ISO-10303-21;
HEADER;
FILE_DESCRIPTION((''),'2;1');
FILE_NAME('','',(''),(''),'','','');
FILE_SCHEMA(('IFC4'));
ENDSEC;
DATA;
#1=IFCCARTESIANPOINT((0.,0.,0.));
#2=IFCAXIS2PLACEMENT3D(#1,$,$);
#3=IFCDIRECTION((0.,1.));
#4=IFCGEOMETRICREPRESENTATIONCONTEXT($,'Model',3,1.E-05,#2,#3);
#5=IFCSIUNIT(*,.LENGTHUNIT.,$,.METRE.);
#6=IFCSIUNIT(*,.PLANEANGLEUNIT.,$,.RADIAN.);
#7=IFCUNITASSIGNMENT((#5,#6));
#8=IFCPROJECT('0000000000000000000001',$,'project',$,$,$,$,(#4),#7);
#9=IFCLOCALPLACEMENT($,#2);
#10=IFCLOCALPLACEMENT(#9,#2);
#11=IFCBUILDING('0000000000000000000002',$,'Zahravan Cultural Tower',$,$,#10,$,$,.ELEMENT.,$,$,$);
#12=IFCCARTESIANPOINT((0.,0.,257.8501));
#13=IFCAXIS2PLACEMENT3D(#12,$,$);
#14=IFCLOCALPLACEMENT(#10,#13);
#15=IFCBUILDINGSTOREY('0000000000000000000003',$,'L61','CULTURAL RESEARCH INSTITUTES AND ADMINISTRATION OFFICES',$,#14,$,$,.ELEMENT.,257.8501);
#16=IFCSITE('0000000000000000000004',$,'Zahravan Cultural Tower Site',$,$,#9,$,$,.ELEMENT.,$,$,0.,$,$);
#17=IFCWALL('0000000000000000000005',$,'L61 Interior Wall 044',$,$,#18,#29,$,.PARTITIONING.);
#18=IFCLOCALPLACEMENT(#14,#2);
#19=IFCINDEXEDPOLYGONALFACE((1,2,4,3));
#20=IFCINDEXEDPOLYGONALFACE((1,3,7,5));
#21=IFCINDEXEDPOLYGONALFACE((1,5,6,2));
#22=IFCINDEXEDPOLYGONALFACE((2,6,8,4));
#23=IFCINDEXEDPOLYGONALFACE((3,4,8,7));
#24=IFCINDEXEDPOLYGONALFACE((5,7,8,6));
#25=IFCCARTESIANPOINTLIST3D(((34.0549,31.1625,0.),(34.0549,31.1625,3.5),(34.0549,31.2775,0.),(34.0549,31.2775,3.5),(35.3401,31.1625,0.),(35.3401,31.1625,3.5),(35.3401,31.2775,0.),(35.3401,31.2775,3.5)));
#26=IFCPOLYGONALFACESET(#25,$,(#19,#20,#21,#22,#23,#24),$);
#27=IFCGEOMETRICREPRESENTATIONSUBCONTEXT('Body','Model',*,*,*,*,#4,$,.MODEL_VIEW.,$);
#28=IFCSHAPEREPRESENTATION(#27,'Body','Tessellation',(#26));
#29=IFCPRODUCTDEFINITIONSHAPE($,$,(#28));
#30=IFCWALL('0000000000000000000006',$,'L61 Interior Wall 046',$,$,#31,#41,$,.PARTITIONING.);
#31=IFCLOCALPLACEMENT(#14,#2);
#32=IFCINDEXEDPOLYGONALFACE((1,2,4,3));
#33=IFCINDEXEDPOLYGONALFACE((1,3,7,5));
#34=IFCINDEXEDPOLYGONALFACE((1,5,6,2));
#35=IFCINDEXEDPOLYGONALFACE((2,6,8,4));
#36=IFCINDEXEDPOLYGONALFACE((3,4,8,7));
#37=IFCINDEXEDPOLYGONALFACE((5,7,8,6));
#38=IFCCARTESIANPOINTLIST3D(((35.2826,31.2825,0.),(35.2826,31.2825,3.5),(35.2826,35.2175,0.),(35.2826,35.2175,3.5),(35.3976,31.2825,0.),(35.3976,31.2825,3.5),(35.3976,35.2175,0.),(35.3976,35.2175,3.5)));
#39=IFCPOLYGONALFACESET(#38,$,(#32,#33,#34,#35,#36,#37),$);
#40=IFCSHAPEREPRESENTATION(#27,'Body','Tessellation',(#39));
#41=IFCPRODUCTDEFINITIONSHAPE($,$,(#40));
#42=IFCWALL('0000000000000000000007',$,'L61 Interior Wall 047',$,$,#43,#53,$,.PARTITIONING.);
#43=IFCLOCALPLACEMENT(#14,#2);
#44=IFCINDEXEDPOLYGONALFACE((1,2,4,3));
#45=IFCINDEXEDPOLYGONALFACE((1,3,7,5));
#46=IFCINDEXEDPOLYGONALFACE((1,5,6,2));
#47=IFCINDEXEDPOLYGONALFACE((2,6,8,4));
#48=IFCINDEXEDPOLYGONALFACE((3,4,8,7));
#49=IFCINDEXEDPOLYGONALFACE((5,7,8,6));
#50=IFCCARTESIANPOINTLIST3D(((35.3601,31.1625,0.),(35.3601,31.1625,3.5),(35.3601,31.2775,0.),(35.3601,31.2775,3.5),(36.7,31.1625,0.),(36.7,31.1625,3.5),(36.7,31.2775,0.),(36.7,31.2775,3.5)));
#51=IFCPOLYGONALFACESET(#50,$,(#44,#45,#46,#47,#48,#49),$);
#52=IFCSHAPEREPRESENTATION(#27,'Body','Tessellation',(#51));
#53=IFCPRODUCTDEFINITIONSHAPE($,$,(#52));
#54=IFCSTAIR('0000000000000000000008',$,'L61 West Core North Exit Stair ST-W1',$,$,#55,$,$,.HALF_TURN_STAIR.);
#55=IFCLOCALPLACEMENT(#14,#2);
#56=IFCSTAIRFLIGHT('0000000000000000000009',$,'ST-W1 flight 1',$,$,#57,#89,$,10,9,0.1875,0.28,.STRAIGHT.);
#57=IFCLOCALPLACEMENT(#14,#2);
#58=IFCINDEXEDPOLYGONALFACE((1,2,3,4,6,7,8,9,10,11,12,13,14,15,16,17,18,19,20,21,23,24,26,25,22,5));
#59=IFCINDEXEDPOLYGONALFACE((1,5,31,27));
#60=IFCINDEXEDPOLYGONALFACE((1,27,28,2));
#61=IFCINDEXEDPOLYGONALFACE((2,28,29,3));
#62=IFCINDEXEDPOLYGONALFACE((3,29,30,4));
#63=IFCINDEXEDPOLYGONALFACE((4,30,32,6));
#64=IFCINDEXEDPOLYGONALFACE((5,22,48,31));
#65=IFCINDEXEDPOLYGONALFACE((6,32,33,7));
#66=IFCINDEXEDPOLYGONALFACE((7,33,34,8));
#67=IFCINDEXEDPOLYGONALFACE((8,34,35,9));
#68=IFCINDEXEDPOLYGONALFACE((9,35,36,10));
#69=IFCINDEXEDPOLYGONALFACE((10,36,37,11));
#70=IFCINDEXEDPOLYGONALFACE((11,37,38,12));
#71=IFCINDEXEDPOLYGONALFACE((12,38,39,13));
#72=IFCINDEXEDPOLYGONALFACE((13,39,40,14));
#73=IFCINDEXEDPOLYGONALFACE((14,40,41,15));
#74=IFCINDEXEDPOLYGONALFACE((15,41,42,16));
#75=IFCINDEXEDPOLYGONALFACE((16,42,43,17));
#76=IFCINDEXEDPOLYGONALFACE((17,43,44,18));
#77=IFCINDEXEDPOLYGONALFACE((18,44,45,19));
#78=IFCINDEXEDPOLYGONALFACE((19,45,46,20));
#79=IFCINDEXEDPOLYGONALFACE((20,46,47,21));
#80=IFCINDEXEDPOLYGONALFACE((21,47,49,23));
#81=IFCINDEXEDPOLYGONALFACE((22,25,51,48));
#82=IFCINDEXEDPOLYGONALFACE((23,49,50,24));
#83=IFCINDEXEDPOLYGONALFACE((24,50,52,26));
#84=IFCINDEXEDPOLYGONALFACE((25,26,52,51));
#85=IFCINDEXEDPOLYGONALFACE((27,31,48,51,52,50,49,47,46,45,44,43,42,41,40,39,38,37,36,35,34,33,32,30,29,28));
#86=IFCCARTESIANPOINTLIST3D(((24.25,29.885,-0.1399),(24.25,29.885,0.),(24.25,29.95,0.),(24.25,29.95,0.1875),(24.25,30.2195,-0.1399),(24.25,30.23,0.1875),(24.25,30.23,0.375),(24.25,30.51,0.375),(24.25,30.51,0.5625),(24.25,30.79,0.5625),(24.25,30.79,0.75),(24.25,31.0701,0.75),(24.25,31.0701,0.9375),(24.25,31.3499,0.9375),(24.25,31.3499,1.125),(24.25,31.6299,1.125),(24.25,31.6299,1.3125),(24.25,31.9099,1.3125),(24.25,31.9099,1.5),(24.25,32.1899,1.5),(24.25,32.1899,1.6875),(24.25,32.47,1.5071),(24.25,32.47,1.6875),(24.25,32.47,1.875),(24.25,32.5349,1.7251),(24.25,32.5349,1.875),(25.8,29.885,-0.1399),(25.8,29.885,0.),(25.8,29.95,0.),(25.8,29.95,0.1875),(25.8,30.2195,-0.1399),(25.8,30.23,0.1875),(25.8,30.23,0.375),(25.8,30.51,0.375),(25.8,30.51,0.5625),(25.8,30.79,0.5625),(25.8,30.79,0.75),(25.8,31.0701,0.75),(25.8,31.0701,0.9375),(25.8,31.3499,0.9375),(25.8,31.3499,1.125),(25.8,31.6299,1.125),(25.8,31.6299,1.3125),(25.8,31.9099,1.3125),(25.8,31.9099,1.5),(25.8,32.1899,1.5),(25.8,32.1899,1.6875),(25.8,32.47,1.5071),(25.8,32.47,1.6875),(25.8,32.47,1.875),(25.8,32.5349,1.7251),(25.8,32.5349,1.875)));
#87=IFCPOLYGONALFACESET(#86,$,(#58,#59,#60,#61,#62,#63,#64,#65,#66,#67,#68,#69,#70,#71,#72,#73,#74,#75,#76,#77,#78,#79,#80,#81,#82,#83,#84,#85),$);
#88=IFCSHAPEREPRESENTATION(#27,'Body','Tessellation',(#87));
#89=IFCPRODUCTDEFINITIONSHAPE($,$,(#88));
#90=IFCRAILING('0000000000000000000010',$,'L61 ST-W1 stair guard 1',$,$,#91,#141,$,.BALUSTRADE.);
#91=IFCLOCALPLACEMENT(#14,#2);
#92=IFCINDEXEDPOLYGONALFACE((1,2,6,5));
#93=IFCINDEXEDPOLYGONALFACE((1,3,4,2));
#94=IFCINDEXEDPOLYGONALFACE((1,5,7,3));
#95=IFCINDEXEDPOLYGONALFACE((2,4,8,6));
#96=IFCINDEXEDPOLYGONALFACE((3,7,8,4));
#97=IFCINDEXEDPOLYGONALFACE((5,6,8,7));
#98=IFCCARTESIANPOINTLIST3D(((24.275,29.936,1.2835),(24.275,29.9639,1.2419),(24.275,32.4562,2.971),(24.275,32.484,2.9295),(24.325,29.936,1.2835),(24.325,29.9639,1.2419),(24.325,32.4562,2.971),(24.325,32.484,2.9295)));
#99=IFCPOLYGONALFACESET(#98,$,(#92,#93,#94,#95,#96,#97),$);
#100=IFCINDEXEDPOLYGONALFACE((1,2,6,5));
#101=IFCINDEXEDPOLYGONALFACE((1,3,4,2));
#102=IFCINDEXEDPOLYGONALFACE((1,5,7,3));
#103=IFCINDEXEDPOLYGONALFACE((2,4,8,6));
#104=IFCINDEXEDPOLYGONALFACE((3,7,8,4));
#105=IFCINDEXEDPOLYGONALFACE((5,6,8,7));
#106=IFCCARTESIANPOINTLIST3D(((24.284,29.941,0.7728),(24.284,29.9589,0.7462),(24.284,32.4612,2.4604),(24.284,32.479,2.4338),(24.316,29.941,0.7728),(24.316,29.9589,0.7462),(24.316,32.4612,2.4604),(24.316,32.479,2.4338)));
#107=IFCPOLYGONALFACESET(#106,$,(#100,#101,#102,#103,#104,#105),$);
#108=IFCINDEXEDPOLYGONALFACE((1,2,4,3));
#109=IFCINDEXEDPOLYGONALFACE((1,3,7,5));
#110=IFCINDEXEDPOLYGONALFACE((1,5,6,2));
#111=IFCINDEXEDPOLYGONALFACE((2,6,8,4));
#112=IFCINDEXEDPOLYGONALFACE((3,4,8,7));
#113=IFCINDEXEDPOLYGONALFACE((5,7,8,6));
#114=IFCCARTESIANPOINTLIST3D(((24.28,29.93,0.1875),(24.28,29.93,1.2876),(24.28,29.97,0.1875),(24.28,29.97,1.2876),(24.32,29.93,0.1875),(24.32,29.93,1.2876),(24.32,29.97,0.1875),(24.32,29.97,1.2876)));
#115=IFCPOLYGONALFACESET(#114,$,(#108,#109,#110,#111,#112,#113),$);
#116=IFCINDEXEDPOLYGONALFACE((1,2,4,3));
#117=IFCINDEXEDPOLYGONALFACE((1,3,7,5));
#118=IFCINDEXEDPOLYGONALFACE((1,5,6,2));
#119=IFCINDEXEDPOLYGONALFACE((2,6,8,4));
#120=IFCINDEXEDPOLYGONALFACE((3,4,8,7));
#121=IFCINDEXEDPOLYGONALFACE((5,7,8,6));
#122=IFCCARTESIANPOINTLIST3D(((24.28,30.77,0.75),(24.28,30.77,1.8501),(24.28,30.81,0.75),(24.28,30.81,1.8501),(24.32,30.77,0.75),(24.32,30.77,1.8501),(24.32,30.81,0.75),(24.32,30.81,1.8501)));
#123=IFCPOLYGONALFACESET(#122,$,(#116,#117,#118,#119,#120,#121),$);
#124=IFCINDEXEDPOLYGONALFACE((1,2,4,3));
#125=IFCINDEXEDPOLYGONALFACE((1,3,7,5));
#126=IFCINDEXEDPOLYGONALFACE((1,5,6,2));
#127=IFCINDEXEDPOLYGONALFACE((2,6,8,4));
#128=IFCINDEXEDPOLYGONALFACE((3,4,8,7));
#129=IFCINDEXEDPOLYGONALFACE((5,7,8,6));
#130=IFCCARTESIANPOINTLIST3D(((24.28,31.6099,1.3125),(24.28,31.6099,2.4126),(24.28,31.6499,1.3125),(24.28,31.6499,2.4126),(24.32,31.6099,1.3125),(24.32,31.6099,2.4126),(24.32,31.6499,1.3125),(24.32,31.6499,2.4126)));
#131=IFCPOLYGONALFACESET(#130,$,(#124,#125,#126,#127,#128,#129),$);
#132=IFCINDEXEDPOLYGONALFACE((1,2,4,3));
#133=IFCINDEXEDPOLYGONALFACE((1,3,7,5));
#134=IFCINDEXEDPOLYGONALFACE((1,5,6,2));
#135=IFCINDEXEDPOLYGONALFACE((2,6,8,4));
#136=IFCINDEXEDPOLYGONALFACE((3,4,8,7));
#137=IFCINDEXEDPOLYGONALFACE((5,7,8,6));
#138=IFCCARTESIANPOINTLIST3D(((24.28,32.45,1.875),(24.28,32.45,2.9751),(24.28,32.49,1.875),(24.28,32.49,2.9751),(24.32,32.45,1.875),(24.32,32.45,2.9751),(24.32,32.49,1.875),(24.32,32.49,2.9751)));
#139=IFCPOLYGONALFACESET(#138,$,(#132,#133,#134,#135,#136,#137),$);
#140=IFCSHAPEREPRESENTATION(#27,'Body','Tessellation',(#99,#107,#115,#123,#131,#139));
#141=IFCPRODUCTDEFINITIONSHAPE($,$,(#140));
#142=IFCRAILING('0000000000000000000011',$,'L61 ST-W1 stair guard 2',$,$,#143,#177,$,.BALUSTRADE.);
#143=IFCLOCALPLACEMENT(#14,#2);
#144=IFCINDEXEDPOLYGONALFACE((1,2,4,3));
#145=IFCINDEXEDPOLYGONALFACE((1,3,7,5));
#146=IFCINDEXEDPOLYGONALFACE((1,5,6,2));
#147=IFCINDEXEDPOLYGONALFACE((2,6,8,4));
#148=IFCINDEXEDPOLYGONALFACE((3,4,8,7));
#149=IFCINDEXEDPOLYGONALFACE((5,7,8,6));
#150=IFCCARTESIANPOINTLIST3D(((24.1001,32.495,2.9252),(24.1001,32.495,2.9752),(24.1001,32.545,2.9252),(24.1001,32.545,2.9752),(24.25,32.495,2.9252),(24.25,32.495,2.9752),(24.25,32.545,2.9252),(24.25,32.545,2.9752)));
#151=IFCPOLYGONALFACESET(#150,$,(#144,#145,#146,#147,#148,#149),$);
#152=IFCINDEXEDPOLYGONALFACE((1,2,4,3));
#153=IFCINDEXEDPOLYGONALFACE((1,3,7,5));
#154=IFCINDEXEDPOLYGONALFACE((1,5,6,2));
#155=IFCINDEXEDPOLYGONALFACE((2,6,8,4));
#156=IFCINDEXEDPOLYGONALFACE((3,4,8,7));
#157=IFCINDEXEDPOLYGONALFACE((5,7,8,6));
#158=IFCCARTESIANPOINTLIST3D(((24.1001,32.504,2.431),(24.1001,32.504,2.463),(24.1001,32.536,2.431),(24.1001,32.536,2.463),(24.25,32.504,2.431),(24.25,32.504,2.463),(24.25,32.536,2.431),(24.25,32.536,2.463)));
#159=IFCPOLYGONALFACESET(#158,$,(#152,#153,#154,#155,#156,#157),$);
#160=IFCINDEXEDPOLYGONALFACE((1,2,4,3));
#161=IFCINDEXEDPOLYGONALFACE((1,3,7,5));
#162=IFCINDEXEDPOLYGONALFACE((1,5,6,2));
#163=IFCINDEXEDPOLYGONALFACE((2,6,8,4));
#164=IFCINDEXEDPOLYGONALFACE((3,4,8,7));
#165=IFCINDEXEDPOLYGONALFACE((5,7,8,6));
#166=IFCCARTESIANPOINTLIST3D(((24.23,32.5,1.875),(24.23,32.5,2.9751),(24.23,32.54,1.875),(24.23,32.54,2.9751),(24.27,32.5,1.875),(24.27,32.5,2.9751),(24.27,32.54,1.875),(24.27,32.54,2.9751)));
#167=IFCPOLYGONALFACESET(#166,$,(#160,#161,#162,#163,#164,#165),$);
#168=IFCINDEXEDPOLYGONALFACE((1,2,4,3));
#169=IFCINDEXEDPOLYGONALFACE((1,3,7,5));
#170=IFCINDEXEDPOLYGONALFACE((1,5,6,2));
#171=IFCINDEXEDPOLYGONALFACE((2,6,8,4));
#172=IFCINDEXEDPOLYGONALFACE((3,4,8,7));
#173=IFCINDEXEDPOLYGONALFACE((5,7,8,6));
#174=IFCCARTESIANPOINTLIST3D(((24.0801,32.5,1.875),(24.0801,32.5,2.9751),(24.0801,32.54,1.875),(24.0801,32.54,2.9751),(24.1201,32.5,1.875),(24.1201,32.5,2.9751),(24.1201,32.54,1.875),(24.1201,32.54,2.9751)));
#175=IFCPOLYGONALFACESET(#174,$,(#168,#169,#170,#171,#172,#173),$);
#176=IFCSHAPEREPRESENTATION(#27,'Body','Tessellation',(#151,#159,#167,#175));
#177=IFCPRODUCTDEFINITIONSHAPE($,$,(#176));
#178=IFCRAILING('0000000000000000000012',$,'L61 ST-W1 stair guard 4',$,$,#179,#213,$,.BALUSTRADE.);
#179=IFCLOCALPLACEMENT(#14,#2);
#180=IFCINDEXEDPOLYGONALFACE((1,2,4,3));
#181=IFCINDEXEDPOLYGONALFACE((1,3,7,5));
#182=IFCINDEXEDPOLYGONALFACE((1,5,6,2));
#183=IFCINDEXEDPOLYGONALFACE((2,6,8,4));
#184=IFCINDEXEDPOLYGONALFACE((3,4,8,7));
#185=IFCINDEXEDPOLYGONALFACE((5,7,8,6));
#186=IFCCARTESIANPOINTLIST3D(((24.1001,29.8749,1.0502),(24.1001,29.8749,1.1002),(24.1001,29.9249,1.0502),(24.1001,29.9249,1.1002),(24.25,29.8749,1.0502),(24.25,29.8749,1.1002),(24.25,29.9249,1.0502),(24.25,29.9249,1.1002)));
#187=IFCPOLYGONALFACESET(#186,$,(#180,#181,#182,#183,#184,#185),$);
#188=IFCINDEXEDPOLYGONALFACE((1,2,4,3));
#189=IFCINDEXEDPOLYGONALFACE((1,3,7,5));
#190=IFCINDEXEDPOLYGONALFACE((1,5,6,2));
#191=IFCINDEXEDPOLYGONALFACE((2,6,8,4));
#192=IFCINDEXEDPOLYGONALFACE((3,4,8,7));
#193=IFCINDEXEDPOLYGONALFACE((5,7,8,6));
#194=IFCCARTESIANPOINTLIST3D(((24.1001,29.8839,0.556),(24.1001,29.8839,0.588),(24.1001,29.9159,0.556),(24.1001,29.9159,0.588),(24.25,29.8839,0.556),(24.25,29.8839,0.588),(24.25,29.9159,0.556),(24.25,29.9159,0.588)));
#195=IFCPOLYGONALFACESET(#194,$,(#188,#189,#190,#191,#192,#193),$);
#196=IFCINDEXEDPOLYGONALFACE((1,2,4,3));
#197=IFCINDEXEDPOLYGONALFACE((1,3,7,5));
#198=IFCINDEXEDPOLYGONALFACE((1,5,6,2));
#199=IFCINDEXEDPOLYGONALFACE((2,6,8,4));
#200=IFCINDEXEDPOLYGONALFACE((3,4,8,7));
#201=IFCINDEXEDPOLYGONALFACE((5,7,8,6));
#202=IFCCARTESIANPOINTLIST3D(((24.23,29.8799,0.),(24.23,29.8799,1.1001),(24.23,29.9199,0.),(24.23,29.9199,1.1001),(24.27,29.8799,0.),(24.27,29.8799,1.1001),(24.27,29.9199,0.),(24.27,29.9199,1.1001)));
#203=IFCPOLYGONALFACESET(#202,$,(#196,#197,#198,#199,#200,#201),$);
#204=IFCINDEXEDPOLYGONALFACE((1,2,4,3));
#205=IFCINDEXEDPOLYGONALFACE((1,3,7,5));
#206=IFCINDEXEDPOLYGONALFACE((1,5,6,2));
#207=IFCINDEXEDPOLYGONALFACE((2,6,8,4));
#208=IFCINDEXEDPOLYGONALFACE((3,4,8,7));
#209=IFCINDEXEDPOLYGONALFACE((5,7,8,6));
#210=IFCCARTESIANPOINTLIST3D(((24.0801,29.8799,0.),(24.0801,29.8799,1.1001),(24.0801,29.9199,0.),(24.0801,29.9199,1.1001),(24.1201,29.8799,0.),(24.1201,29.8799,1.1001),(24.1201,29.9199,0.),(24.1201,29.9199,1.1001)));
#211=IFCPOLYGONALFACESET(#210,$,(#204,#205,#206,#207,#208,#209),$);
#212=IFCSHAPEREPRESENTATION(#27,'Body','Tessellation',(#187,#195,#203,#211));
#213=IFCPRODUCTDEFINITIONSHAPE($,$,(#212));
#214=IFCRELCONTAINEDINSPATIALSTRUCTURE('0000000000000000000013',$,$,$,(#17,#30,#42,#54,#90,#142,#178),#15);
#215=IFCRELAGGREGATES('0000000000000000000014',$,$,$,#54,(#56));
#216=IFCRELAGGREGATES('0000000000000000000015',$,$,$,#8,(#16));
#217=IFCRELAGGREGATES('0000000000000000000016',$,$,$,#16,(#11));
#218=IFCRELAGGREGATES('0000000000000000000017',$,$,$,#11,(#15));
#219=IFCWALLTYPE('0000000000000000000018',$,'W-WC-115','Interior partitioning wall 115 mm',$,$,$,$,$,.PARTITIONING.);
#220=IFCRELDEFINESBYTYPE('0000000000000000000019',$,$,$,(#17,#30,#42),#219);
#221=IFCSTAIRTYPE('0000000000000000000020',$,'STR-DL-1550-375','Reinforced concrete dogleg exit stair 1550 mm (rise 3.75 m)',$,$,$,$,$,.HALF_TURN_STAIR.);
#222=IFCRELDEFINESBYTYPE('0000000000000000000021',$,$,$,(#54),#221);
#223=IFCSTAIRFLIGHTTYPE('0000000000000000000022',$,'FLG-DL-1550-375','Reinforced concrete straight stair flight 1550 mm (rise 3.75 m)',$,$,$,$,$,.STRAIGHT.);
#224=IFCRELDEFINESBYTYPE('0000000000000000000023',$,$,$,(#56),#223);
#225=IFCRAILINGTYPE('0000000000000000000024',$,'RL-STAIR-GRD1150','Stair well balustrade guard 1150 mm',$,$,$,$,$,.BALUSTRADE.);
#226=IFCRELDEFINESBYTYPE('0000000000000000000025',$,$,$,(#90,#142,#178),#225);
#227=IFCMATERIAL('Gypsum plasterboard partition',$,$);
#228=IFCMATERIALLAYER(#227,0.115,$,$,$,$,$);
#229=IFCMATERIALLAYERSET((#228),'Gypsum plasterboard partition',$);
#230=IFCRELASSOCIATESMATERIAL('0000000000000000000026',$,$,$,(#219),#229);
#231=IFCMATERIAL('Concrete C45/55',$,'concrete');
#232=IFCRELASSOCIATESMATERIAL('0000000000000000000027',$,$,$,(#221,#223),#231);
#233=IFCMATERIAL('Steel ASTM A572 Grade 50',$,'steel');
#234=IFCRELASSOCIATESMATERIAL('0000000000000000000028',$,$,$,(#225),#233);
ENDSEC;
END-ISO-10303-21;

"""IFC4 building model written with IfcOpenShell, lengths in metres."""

from ifc_helpers import new_model, si_unit, direction, frame, frame_2d, origin, origin_2d, place, context, subcontext, project, spatial, polyline, rectangle, outline, extrude, source, transform, mapped, material, layer, layer_set, type_object, element, aggregate, save


model = new_model("IFC4")

# Units and contexts
model_context = context("Model", 3, precision=1e-05, world=origin(), true_north=direction((0.0, 1.0)))
body_context = subcontext(model_context, "Body", "Model", "MODEL_VIEW")
ifc_project = project(units=[si_unit("LENGTHUNIT", "METRE"), si_unit("PLANEANGLEUNIT", "RADIAN")], contexts=[model_context])

# Site, building, storey
site_placement = place(None, origin())
site = spatial("IfcSite", under=ifc_project, at=site_placement, Name="Zahravan Cultural Tower Site", CompositionType="ELEMENT", RefElevation=0.0)
building_placement = place(site_placement, origin())
building = spatial("IfcBuilding", under=site, at=building_placement, Name="Zahravan Cultural Tower", CompositionType="ELEMENT")
storey_placement = place(building_placement, frame((0.0, 0.0, 257.8501)))
storey = spatial("IfcBuildingStorey", under=building, at=storey_placement, Name="L61", Description="CULTURAL RESEARCH INSTITUTES AND ADMINISTRATION OFFICES", CompositionType="ELEMENT", Elevation=257.8501)

# Shared definitions
ifc_material_1 = material(Name="Concrete C45/55", Category="concrete")
ifc_material_2 = material(Name="Steel ASTM A572 Grade 50", Category="steel")
ifc_material_3 = material(Name="Gypsum plasterboard partition")
ifc_layer_1 = layer(ifc_material_3, 0.115)
ifc_layer_set_1 = layer_set([ifc_layer_1], Name="Gypsum plasterboard partition")
wall_type_1 = type_object("IfcWallType", Name="W-WC-115", Description="Interior partitioning wall 115 mm", PredefinedType="PARTITIONING", material=ifc_layer_set_1)

# Walls
shared_shape_1 = source(origin(), body_context, "Body", "SweptSolid", [
    extrude(rectangle(XDim=1.2852, YDim=0.115, at=frame_2d((0.6426, 0.0))), origin(), (0.0, 0.0, 1.0), 3.5),
])
wall_1_placement = place(storey_placement, frame((35.3401, 31.22, 0.0), z_axis=(0.0, 0.0, 1.0), x_axis=(-1.0, 0.0, 0.0)))
element("IfcWall", 1, at=wall_1_placement, inside=storey, type_object=wall_type_1, Name="L61 Interior Wall 044", PredefinedType="PARTITIONING", context=body_context, shape_type="MappedRepresentation", body=[
    mapped(shared_shape_1, transform((0.0, 0.0, 0.0), x_axis=(1.0, 0.0, 0.0), y_axis=(0.0, 1.0, 0.0), z_axis=(0.0, 0.0, 1.0), scale=1.0)),
])
shared_shape_2 = source(origin(), body_context, "Body", "SweptSolid", [
    extrude(rectangle(XDim=3.9351, YDim=0.115, at=frame_2d((1.9675, 0.0))), origin(), (0.0, 0.0, 1.0), 3.5),
])
wall_2_placement = place(storey_placement, frame((35.3401, 35.2175, 0.0), z_axis=(0.0, 0.0, 1.0), x_axis=(0.0, -1.0, 0.0)))
element("IfcWall", 2, at=wall_2_placement, inside=storey, type_object=wall_type_1, Name="L61 Interior Wall 046", PredefinedType="PARTITIONING", context=body_context, shape_type="MappedRepresentation", body=[
    mapped(shared_shape_2, transform((0.0, 0.0, 0.0), x_axis=(1.0, 0.0, 0.0), y_axis=(0.0, 1.0, 0.0), z_axis=(0.0, 0.0, 1.0), scale=1.0)),
])
shared_shape_3 = source(origin(), body_context, "Body", "SweptSolid", [
    extrude(rectangle(XDim=1.3398, YDim=0.115, at=frame_2d((0.6699, 0.0))), origin(), (0.0, 0.0, 1.0), 3.5),
])
wall_3_placement = place(storey_placement, frame((36.7, 31.22, 0.0), z_axis=(0.0, 0.0, 1.0), x_axis=(-1.0, 0.0, 0.0)))
element("IfcWall", 3, at=wall_3_placement, inside=storey, type_object=wall_type_1, Name="L61 Interior Wall 047", PredefinedType="PARTITIONING", context=body_context, shape_type="MappedRepresentation", body=[
    mapped(shared_shape_3, transform((0.0, 0.0, 0.0), x_axis=(1.0, 0.0, 0.0), y_axis=(0.0, 1.0, 0.0), z_axis=(0.0, 0.0, 1.0), scale=1.0)),
])

# Stair, stair flight
stair_type = type_object("IfcStairType", Name="STR-DL-1550-375", Description="Reinforced concrete dogleg exit stair 1550 mm (rise 3.75 m)", PredefinedType="HALF_TURN_STAIR", material=ifc_material_1)
stair_placement = place(storey_placement, origin())
stair = element("IfcStair", 4, at=stair_placement, inside=storey, type_object=stair_type, Name="L61 West Core North Exit Stair ST-W1", PredefinedType="HALF_TURN_STAIR")
stair_flight_type = type_object("IfcStairFlightType", Name="FLG-DL-1550-375", Description="Reinforced concrete straight stair flight 1550 mm (rise 3.75 m)", PredefinedType="STRAIGHT", material=ifc_material_1)
stair_flight_placement = place(storey_placement, frame((25.0249, 29.95, 0.0), z_axis=(0.0, 0.0, 1.0), x_axis=(0.0, 1.0, 0.0)))
stair_flight = element("IfcStairFlight", 5, at=stair_flight_placement, type_object=stair_flight_type, Name="ST-W1 flight 1", NumberOfRisers=10, NumberOfTreads=9, PredefinedType="STRAIGHT", RiserHeight=0.1875, TreadLength=0.28, context=body_context, shape_type="SweptSolid", body=[
    extrude(outline(polyline([(-0.0649, -0.1399), (-0.0649, 0.0), (0.0, 0.0), (0.0, 0.1875), (0.28, 0.1875), (0.28, 0.375), (0.5601, 0.375), (0.5601, 0.5625), (0.8401, 0.5625), (0.8401, 0.75), (1.1201, 0.75), (1.1201, 0.9375), (1.3999, 0.9375), (1.3999, 1.125), (1.6799, 1.125), (1.6799, 1.3125), (1.96, 1.3125), (1.96, 1.5), (2.24, 1.5), (2.24, 1.6875), (2.52, 1.6875), (2.52, 1.875), (2.585, 1.875), (2.585, 1.7251), (2.52, 1.5071), (0.2695, -0.1399), (-0.0649, -0.1399)])), frame((0.0, 0.7749, 0.0), z_axis=(0.0, -1.0, 0.0), x_axis=(1.0, 0.0, 0.0)), (0.0, 0.0, 1.0), 1.55),
])
aggregate(stair, [stair_flight])

# Railings
railing_type_1 = type_object("IfcRailingType", Name="RL-STAIR-GRD1150", Description="Stair well balustrade guard 1150 mm", PredefinedType="BALUSTRADE", material=ifc_material_2)
railing_1_placement = place(storey_placement, frame((24.3, 29.95, 0.1875)))
element("IfcRailing", 6, at=railing_1_placement, inside=storey, type_object=railing_type_1, Name="L61 ST-W1 stair guard 1", PredefinedType="BALUSTRADE", context=body_context, shape_type="SweptSolid", body=[
    extrude(rectangle(XDim=0.05, YDim=0.05, at=origin_2d()), frame((0.0, 0.0, 1.0752), z_axis=(0.0, 0.830909, 0.556408), x_axis=(-1.0, 0.0, 0.0)), (0.0, 0.0, 1.0), 3.033),
    extrude(rectangle(XDim=0.032, YDim=0.032, at=origin_2d()), frame((0.0, 0.0, 0.572), z_axis=(0.0, 0.830909, 0.556408), x_axis=(-1.0, 0.0, 0.0)), (0.0, 0.0, 1.0), 3.033),
    extrude(rectangle(XDim=0.04, YDim=0.04, at=origin_2d()), origin(), (0.0, 0.0, 1.0), 1.1001),
    extrude(rectangle(XDim=0.04, YDim=0.04, at=origin_2d()), frame((0.0, 0.8401, 0.5625)), (0.0, 0.0, 1.0), 1.1001),
    extrude(rectangle(XDim=0.04, YDim=0.04, at=origin_2d()), frame((0.0, 1.6799, 1.125)), (0.0, 0.0, 1.0), 1.1001),
    extrude(rectangle(XDim=0.04, YDim=0.04, at=origin_2d()), frame((0.0, 2.52, 1.6875)), (0.0, 0.0, 1.0), 1.1001),
])
for number, where, name in (
    (7, (24.25, 32.52, 1.875), "L61 ST-W1 stair guard 2"),
    (8, (24.25, 29.8999, 0.0), "L61 ST-W1 stair guard 4"),
):
    element("IfcRailing", number, at=place(storey_placement, frame(where)), inside=storey, type_object=railing_type_1, Name=name, PredefinedType="BALUSTRADE", context=body_context, shape_type="SweptSolid", body=[
        extrude(rectangle(XDim=0.05, YDim=0.05, at=origin_2d()), frame((0.0, 0.0, 1.0752), z_axis=(-1.0, 0.0, 0.0), x_axis=(0.0, -1.0, 0.0)), (0.0, 0.0, 1.0), 0.1499),
        extrude(rectangle(XDim=0.032, YDim=0.032, at=origin_2d()), frame((0.0, 0.0, 0.572), z_axis=(-1.0, 0.0, 0.0), x_axis=(0.0, -1.0, 0.0)), (0.0, 0.0, 1.0), 0.1499),
        extrude(rectangle(XDim=0.04, YDim=0.04, at=origin_2d()), origin(), (0.0, 0.0, 1.0), 1.1001),
        extrude(rectangle(XDim=0.04, YDim=0.04, at=origin_2d()), frame((-0.1499, 0.0, 0.0)), (0.0, 0.0, 1.0), 1.1001),
    ])

save(model, "model.ifc")
